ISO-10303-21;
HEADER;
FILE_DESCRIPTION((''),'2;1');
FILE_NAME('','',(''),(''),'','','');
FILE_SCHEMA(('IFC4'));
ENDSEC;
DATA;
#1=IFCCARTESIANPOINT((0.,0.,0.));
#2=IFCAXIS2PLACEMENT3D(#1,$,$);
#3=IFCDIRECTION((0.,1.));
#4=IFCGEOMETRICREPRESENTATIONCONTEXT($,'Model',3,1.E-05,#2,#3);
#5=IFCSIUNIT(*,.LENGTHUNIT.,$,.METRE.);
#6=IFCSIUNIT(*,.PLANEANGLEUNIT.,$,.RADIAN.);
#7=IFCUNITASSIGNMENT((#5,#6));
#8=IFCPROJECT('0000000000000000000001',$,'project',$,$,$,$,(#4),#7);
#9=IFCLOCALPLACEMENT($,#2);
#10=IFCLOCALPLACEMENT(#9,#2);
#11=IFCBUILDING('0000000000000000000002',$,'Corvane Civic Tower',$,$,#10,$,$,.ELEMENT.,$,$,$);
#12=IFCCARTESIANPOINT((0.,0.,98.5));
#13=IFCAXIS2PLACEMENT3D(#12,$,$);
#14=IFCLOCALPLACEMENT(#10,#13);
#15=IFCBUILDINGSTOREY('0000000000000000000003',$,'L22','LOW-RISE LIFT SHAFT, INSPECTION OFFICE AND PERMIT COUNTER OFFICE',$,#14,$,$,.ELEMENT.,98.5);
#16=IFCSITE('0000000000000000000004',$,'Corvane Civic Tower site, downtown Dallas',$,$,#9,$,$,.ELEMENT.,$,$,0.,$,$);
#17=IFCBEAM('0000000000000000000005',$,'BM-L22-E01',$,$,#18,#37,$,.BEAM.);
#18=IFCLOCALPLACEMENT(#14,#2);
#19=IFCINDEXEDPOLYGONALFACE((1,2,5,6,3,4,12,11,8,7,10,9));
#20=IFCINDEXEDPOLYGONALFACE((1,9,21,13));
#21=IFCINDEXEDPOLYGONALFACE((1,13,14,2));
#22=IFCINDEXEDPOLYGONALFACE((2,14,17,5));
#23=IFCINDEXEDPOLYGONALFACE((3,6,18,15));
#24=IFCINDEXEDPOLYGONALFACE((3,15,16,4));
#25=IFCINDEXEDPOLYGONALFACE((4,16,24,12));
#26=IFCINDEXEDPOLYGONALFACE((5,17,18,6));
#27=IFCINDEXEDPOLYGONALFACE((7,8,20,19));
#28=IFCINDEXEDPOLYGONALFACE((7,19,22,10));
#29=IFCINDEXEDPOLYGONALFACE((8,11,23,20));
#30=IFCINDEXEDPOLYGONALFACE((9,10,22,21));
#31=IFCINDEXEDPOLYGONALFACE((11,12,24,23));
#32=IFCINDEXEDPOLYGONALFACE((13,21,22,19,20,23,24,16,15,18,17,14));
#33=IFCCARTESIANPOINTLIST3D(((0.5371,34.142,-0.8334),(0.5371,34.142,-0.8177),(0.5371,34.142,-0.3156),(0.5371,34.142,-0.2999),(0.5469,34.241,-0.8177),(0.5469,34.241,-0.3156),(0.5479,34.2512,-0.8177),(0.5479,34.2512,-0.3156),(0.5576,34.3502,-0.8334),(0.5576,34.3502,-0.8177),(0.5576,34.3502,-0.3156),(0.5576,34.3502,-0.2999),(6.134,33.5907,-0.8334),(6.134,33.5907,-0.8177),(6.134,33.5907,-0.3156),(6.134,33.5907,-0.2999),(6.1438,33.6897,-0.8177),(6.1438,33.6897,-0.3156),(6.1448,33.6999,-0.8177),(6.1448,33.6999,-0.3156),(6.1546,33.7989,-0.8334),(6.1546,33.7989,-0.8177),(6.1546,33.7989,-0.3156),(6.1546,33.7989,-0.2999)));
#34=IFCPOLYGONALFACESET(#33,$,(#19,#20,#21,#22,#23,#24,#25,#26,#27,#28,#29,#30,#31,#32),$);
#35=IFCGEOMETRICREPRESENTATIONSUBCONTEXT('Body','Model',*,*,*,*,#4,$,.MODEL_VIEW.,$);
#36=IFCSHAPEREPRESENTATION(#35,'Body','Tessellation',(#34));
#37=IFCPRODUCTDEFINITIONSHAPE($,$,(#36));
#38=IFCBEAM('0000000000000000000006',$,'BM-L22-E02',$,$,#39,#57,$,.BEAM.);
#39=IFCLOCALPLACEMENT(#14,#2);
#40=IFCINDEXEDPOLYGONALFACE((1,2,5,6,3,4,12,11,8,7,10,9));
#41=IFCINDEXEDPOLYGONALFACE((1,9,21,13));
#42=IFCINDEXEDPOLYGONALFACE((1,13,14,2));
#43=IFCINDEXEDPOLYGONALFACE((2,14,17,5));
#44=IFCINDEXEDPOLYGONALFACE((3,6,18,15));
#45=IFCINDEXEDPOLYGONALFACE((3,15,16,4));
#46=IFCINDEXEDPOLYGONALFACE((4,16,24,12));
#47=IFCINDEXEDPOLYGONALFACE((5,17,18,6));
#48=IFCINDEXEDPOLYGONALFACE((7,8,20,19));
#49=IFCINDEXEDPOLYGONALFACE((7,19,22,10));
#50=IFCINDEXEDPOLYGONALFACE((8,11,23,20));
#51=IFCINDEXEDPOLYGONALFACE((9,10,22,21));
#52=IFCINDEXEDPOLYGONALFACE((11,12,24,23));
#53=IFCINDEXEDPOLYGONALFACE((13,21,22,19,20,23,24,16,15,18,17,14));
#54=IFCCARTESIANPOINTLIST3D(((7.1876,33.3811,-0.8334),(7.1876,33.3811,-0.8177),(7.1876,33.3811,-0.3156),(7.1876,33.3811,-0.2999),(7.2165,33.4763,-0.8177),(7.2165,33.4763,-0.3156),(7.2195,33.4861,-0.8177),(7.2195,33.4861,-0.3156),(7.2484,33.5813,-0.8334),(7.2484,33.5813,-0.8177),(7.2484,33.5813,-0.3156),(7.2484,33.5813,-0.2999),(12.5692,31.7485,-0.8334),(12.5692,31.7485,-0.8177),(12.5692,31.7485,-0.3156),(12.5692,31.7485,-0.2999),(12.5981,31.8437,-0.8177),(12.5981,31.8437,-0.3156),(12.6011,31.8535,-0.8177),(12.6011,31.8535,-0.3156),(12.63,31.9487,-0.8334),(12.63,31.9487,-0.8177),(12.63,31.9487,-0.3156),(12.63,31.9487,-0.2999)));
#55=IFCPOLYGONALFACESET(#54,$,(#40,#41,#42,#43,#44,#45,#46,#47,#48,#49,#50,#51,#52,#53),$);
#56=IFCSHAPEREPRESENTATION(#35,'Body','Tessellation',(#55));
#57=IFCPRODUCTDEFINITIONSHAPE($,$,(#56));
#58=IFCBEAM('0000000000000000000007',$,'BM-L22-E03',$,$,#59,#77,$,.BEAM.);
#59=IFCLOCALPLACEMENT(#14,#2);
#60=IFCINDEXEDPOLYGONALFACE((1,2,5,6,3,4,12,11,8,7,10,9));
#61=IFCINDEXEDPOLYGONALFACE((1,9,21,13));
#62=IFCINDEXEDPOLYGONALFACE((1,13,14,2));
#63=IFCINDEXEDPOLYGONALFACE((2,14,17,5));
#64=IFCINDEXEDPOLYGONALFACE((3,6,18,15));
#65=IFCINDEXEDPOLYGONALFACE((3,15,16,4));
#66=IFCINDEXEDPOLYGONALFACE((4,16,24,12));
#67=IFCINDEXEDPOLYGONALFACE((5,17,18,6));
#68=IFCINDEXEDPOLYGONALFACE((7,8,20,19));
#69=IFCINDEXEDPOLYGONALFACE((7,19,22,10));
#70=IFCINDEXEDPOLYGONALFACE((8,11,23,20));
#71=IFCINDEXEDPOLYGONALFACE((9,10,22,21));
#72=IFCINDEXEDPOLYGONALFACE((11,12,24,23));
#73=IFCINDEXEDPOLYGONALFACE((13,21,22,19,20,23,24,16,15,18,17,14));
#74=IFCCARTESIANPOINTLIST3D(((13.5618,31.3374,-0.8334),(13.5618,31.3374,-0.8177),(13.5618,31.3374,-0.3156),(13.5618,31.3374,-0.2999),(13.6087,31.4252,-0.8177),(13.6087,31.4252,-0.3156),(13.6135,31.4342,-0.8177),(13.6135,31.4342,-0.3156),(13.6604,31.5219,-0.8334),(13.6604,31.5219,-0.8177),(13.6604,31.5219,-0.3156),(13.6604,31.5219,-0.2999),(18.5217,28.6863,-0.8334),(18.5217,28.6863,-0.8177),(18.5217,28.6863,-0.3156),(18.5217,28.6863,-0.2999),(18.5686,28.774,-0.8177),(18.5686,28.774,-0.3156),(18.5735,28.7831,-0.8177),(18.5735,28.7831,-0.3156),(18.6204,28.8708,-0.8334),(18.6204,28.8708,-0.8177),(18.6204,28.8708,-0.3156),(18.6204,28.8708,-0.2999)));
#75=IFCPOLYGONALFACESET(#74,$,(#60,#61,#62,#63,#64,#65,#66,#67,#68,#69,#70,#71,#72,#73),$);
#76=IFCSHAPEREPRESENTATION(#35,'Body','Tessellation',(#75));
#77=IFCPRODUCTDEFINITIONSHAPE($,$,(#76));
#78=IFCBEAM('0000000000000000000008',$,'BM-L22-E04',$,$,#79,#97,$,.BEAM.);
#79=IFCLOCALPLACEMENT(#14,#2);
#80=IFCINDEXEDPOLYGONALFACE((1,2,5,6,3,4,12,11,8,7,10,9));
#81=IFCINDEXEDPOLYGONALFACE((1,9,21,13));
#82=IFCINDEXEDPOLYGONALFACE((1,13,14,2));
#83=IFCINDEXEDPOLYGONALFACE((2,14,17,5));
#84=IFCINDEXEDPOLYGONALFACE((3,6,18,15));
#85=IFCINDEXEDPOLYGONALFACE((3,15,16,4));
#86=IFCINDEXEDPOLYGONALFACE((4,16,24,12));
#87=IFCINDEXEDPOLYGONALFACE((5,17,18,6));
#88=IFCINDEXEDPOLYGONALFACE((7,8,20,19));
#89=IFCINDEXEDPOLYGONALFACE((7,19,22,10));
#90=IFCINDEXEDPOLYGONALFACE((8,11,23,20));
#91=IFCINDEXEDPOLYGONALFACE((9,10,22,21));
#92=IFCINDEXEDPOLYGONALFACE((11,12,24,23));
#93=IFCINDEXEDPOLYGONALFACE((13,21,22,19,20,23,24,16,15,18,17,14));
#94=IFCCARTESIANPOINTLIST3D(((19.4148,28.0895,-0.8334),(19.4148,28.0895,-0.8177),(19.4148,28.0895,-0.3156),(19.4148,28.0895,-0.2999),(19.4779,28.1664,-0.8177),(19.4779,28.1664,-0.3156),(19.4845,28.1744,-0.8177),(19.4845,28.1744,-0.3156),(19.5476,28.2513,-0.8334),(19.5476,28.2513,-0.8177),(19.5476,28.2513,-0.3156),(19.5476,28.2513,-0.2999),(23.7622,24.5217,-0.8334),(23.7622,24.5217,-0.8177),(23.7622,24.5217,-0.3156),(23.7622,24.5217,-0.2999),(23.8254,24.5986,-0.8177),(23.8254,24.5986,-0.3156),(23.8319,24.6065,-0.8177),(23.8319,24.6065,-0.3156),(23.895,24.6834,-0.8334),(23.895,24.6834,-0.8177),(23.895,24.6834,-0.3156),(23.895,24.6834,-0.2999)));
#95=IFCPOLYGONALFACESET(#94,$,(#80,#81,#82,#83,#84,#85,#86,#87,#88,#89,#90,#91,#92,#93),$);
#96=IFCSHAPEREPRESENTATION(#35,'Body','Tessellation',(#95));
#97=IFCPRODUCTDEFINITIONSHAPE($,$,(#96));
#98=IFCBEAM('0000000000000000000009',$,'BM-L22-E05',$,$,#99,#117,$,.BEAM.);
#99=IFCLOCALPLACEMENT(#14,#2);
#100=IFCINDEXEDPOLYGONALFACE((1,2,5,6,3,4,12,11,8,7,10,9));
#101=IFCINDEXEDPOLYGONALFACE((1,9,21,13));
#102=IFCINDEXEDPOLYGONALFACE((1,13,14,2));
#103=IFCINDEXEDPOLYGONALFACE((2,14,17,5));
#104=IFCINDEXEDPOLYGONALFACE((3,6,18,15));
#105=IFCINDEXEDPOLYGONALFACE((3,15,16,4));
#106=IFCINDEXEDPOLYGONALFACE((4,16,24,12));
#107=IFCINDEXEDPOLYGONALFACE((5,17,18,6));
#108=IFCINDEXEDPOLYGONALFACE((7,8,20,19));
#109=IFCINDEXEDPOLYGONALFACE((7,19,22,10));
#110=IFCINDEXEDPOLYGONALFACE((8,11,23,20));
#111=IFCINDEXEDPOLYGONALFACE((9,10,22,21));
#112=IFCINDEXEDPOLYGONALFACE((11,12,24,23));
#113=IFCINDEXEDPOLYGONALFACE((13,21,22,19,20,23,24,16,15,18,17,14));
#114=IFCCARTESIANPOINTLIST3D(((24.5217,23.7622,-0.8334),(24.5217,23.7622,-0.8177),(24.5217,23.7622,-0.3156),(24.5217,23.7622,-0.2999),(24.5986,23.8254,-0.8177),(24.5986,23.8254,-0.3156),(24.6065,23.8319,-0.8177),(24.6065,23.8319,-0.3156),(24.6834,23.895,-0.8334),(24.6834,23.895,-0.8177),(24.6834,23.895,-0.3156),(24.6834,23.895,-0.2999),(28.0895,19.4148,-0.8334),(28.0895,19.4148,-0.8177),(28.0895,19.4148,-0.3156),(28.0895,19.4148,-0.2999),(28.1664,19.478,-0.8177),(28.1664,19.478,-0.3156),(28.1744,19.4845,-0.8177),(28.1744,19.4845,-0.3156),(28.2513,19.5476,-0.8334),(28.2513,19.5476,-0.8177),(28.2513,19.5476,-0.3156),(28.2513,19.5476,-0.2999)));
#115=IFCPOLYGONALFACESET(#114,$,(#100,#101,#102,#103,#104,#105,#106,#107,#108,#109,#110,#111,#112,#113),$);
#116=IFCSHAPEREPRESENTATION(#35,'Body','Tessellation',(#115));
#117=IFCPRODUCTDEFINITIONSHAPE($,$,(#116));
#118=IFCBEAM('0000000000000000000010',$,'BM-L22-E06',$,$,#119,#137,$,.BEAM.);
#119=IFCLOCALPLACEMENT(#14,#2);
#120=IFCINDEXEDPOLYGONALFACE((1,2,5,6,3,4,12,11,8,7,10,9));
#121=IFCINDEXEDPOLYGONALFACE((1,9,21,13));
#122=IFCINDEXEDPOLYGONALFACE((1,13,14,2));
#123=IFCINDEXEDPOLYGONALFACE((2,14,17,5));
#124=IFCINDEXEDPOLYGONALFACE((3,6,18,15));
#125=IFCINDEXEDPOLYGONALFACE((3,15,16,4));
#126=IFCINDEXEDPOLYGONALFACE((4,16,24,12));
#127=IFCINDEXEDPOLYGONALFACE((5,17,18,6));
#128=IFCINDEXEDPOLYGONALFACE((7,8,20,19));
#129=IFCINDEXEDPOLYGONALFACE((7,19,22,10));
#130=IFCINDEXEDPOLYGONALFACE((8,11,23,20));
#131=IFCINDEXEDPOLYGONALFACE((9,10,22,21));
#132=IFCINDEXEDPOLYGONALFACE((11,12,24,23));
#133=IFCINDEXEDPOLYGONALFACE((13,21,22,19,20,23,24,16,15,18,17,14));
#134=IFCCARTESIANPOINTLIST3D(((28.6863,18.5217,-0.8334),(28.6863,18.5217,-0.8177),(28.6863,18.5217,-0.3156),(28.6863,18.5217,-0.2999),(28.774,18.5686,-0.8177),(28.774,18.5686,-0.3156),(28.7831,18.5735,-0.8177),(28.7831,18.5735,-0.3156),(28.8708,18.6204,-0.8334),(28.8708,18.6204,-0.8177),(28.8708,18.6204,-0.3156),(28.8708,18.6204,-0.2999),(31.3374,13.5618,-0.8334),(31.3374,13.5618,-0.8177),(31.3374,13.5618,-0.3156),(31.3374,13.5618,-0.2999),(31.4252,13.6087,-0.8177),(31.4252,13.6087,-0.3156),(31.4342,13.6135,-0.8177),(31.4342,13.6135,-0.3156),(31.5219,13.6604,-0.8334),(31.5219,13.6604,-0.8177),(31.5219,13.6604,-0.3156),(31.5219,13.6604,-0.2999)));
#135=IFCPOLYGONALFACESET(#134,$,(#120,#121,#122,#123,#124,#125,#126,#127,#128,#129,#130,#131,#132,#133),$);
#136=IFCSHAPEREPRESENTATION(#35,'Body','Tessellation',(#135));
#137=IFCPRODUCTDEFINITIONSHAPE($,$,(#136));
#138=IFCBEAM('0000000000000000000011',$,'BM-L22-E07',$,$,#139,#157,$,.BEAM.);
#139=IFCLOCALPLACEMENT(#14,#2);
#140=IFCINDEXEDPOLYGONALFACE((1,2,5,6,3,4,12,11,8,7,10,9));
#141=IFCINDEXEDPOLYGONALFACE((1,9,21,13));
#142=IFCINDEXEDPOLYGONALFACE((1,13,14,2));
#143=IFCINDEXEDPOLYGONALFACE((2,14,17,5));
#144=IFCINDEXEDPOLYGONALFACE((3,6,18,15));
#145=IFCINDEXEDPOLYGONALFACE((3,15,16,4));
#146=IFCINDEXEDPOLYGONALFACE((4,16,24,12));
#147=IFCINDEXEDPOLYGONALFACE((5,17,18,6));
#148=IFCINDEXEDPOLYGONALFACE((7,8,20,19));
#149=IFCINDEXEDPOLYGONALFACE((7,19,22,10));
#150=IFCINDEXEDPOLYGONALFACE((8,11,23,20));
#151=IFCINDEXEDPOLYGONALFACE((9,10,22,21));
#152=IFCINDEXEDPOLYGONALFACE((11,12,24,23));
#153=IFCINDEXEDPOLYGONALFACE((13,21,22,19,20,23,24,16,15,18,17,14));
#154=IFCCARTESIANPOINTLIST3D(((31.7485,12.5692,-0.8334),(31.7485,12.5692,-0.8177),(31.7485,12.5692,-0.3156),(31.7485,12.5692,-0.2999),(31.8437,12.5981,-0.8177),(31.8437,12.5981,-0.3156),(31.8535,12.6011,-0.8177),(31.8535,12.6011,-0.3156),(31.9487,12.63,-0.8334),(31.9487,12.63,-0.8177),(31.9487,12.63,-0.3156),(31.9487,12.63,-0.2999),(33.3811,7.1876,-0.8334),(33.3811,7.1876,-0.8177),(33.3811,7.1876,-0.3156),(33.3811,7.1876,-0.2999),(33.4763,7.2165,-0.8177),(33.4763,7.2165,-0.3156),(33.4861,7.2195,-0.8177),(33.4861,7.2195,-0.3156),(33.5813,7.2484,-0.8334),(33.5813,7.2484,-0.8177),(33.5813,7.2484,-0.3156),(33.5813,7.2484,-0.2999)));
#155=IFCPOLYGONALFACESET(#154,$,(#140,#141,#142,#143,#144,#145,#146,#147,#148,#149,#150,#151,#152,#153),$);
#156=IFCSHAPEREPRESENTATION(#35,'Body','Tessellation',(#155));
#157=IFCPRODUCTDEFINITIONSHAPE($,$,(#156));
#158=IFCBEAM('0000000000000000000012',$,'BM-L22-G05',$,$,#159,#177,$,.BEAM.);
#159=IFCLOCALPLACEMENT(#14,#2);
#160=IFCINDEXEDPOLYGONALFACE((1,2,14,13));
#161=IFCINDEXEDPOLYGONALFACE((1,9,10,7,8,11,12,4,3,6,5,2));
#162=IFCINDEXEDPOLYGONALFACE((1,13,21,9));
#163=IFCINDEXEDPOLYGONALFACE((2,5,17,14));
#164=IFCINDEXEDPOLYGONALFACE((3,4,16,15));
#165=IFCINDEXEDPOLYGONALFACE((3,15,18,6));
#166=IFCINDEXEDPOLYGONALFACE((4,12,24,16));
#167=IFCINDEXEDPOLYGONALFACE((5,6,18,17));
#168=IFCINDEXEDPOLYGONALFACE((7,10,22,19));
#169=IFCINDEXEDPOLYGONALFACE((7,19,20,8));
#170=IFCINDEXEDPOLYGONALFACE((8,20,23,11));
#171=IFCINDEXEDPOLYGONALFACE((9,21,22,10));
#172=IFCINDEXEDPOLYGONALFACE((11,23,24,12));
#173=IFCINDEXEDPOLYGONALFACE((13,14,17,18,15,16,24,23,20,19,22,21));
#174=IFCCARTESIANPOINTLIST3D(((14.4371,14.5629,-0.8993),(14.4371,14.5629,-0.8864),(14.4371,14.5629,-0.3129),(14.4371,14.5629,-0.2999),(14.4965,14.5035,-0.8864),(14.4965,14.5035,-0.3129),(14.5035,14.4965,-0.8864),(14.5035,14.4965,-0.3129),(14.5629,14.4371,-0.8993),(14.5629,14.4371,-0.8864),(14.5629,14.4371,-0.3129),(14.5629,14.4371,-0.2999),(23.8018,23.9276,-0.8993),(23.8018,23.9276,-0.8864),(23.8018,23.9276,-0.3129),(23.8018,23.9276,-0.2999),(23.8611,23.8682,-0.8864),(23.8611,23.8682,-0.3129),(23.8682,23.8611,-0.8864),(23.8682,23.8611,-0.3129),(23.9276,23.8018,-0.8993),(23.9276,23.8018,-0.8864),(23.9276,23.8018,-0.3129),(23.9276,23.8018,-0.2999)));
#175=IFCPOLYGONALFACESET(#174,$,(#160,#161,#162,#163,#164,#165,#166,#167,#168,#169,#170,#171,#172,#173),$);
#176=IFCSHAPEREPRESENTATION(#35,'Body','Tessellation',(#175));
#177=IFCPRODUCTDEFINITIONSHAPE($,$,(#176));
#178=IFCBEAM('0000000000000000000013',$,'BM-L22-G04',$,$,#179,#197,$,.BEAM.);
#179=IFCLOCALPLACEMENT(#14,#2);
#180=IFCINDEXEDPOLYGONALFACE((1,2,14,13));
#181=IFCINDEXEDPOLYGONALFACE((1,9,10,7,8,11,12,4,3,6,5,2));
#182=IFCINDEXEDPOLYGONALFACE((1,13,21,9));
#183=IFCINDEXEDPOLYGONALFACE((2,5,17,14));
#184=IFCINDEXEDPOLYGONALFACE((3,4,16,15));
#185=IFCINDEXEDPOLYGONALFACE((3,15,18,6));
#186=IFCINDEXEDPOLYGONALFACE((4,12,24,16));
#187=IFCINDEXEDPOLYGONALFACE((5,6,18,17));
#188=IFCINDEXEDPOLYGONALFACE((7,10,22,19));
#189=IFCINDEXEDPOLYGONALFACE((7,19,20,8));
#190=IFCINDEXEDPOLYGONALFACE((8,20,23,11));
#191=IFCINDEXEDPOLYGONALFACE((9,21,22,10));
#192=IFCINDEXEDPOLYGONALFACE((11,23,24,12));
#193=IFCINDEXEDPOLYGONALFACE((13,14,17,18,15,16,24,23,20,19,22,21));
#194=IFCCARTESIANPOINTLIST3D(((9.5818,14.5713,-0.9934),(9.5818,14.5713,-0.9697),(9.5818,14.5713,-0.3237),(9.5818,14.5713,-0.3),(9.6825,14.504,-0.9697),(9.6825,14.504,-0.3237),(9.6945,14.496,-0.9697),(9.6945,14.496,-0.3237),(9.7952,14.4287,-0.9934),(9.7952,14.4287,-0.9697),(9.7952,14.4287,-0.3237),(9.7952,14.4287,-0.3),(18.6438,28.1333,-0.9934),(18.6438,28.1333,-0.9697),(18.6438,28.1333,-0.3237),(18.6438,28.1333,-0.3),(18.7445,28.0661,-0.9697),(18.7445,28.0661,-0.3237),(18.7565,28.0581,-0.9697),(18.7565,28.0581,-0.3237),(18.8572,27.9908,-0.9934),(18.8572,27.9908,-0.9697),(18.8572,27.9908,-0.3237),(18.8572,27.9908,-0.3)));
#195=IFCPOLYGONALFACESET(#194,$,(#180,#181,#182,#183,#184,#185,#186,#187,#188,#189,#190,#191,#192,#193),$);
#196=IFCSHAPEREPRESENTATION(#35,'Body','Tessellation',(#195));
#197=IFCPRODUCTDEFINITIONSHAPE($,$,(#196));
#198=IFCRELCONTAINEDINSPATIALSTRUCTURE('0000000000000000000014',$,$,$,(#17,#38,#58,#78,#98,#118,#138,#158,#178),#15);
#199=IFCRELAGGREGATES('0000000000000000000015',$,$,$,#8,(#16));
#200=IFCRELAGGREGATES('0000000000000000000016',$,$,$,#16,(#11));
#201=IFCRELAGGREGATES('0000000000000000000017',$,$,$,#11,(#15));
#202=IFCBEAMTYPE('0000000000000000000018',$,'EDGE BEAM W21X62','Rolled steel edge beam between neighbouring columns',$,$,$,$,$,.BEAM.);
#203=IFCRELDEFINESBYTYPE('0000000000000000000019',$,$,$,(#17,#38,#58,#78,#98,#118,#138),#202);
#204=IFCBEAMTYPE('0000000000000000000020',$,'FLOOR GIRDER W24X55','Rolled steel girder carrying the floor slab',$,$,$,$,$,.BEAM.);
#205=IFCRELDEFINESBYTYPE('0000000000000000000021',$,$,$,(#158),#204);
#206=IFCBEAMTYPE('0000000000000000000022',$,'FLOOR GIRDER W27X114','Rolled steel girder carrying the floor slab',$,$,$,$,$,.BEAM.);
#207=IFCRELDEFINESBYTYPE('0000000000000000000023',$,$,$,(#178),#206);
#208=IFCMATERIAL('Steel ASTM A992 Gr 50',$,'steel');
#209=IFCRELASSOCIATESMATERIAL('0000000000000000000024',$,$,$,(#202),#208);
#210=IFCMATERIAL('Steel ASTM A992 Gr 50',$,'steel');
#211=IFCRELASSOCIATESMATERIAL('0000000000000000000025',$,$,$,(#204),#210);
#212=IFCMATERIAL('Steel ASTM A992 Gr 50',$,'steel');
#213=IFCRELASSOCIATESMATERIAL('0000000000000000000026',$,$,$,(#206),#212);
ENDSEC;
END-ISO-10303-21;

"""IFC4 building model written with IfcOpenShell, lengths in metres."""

from ifc_helpers import new_model, si_unit, direction, frame, origin, origin_2d, place, context, subcontext, project, spatial, i_section, extrude, material, material_profile, profile_set, type_object, element, save


model = new_model("IFC4")

# Units and contexts
model_context = context("Model", 3, precision=1e-05, world=origin(), true_north=direction((0.0, 1.0)))
body_context = subcontext(model_context, "Body", "Model", "MODEL_VIEW")
ifc_project = project(units=[si_unit("LENGTHUNIT", "METRE"), si_unit("PLANEANGLEUNIT", "RADIAN")], contexts=[model_context])

# Site, building, storey
site_placement = place(None, origin())
site = spatial("IfcSite", under=ifc_project, at=site_placement, Name="Corvane Civic Tower site, downtown Dallas", CompositionType="ELEMENT", RefElevation=0.0)
building_placement = place(site_placement, origin())
building = spatial("IfcBuilding", under=site, at=building_placement, Name="Corvane Civic Tower", CompositionType="ELEMENT")
storey_placement = place(building_placement, frame((0.0, 0.0, 98.5)))
storey = spatial("IfcBuildingStorey", under=building, at=storey_placement, Name="L22", Description="LOW-RISE LIFT SHAFT, INSPECTION OFFICE AND PERMIT COUNTER OFFICE", CompositionType="ELEMENT", Elevation=98.5)

# Beams
ifc_material_1 = material(Name="Steel ASTM A992 Gr 50", Category="steel")
ifc_material_profile_1 = material_profile(ifc_material_1, i_section(OverallWidth=0.2092, OverallDepth=0.5334, WebThickness=0.0103, FlangeThickness=0.0156, at=origin_2d()), Name="W21X62")
ifc_profile_set_1 = profile_set([ifc_material_profile_1], Name="Steel ASTM A992 Gr 50")
beam_type_1 = type_object("IfcBeamType", Name="EDGE BEAM W21X62", Description="Rolled steel edge beam between neighbouring columns", PredefinedType="BEAM", material=ifc_profile_set_1)
beam_1_placement = place(storey_placement, frame((0.5474, 34.2461, -0.5667), z_axis=(0.995184, -0.098021, 0.0), x_axis=(0.098021, 0.995184, 0.0)))
element("IfcBeam", 1, at=beam_1_placement, inside=storey, type_object=beam_type_1, Name="BM-L22-E01", PredefinedType="BEAM", context=body_context, shape_type="SweptSolid", body=[
    extrude(i_section(OverallWidth=0.2092, OverallDepth=0.5334, WebThickness=0.0103, FlangeThickness=0.0156, at=origin_2d()), origin(), (0.0, 0.0, 1.0), 5.624),
])
beam_2_placement = place(storey_placement, frame((7.218, 33.4812, -0.5667), z_axis=(0.956936, -0.290298, 0.0), x_axis=(0.290298, 0.956936, 0.0)))
element("IfcBeam", 2, at=beam_2_placement, inside=storey, type_object=beam_type_1, Name="BM-L22-E02", PredefinedType="BEAM", context=body_context, shape_type="SweptSolid", body=[
    extrude(i_section(OverallWidth=0.2092, OverallDepth=0.5334, WebThickness=0.0103, FlangeThickness=0.0156, at=origin_2d()), origin(), (0.0, 0.0, 1.0), 5.6238),
])
for number, where, z_axis, x_axis, name in (
    (3, (13.6111, 31.4297, -0.5667), (0.881924, -0.471392, 0.0), (0.471392, 0.881924, 0.0), "BM-L22-E03"),
    (4, (19.4812, 28.1704, -0.5667), (0.773007, -0.634398, 0.0), (0.634398, 0.773007, 0.0), "BM-L22-E04"),
    (5, (24.6025, 23.8286, -0.5667), (0.634398, -0.773007, 0.0), (0.773007, 0.634398, 0.0), "BM-L22-E05"),
    (6, (28.7786, 18.571, -0.5667), (0.471392, -0.881924, 0.0), (0.881924, 0.471392, 0.0), "BM-L22-E06"),
):
    element("IfcBeam", number, at=place(storey_placement, frame(where, z_axis=z_axis, x_axis=x_axis)), inside=storey, type_object=beam_type_1, Name=name, PredefinedType="BEAM", context=body_context, shape_type="SweptSolid", body=[
        extrude(i_section(OverallWidth=0.2092, OverallDepth=0.5334, WebThickness=0.0103, FlangeThickness=0.0156, at=origin_2d()), origin(), (0.0, 0.0, 1.0), 5.624),
    ])
beam_3_placement = place(storey_placement, frame((31.8486, 12.5996, -0.5667), z_axis=(0.290298, -0.956936, 0.0), x_axis=(0.956936, 0.290298, 0.0)))
element("IfcBeam", 7, at=beam_3_placement, inside=storey, type_object=beam_type_1, Name="BM-L22-E07", PredefinedType="BEAM", context=body_context, shape_type="SweptSolid", body=[
    extrude(i_section(OverallWidth=0.2092, OverallDepth=0.5334, WebThickness=0.0103, FlangeThickness=0.0156, at=origin_2d()), origin(), (0.0, 0.0, 1.0), 5.6238),
])
ifc_material_2 = material(Name="Steel ASTM A992 Gr 50", Category="steel")
ifc_material_profile_2 = material_profile(ifc_material_2, i_section(OverallWidth=0.178, OverallDepth=0.5994, WebThickness=0.01, FlangeThickness=0.0129, at=origin_2d()), Name="W24X55")
ifc_profile_set_2 = profile_set([ifc_material_profile_2], Name="Steel ASTM A992 Gr 50")
beam_type_2 = type_object("IfcBeamType", Name="FLOOR GIRDER W24X55", Description="Rolled steel girder carrying the floor slab", PredefinedType="BEAM", material=ifc_profile_set_2)
beam_4_placement = place(storey_placement, frame((14.5, 14.5, -0.5996), z_axis=(0.707107, 0.707107, 0.0), x_axis=(-0.707107, 0.707107, 0.0)))
element("IfcBeam", 8, at=beam_4_placement, inside=storey, type_object=beam_type_2, Name="BM-L22-G05", PredefinedType="BEAM", context=body_context, shape_type="SweptSolid", body=[
    extrude(i_section(OverallWidth=0.178, OverallDepth=0.5994, WebThickness=0.01, FlangeThickness=0.0129, at=origin_2d()), origin(), (0.0, 0.0, 1.0), 13.2437),
])
ifc_material_3 = material(Name="Steel ASTM A992 Gr 50", Category="steel")
ifc_material_profile_3 = material_profile(ifc_material_3, i_section(OverallWidth=0.2566, OverallDepth=0.6934, WebThickness=0.0144, FlangeThickness=0.0237, at=origin_2d()), Name="W27X114")
ifc_profile_set_3 = profile_set([ifc_material_profile_3], Name="Steel ASTM A992 Gr 50")
beam_type_3 = type_object("IfcBeamType", Name="FLOOR GIRDER W27X114", Description="Rolled steel girder carrying the floor slab", PredefinedType="BEAM", material=ifc_profile_set_3)
beam_5_placement = place(storey_placement, frame((9.6885, 14.5, -0.6467), z_axis=(0.555577, 0.831465, 0.0), x_axis=(-0.831465, 0.555577, 0.0)))
element("IfcBeam", 9, at=beam_5_placement, inside=storey, type_object=beam_type_3, Name="BM-L22-G04", PredefinedType="BEAM", context=body_context, shape_type="SweptSolid", body=[
    extrude(i_section(OverallWidth=0.2566, OverallDepth=0.6934, WebThickness=0.0144, FlangeThickness=0.0237, at=origin_2d()), origin(), (0.0, 0.0, 1.0), 16.311),
])

save(model, "model.ifc")
